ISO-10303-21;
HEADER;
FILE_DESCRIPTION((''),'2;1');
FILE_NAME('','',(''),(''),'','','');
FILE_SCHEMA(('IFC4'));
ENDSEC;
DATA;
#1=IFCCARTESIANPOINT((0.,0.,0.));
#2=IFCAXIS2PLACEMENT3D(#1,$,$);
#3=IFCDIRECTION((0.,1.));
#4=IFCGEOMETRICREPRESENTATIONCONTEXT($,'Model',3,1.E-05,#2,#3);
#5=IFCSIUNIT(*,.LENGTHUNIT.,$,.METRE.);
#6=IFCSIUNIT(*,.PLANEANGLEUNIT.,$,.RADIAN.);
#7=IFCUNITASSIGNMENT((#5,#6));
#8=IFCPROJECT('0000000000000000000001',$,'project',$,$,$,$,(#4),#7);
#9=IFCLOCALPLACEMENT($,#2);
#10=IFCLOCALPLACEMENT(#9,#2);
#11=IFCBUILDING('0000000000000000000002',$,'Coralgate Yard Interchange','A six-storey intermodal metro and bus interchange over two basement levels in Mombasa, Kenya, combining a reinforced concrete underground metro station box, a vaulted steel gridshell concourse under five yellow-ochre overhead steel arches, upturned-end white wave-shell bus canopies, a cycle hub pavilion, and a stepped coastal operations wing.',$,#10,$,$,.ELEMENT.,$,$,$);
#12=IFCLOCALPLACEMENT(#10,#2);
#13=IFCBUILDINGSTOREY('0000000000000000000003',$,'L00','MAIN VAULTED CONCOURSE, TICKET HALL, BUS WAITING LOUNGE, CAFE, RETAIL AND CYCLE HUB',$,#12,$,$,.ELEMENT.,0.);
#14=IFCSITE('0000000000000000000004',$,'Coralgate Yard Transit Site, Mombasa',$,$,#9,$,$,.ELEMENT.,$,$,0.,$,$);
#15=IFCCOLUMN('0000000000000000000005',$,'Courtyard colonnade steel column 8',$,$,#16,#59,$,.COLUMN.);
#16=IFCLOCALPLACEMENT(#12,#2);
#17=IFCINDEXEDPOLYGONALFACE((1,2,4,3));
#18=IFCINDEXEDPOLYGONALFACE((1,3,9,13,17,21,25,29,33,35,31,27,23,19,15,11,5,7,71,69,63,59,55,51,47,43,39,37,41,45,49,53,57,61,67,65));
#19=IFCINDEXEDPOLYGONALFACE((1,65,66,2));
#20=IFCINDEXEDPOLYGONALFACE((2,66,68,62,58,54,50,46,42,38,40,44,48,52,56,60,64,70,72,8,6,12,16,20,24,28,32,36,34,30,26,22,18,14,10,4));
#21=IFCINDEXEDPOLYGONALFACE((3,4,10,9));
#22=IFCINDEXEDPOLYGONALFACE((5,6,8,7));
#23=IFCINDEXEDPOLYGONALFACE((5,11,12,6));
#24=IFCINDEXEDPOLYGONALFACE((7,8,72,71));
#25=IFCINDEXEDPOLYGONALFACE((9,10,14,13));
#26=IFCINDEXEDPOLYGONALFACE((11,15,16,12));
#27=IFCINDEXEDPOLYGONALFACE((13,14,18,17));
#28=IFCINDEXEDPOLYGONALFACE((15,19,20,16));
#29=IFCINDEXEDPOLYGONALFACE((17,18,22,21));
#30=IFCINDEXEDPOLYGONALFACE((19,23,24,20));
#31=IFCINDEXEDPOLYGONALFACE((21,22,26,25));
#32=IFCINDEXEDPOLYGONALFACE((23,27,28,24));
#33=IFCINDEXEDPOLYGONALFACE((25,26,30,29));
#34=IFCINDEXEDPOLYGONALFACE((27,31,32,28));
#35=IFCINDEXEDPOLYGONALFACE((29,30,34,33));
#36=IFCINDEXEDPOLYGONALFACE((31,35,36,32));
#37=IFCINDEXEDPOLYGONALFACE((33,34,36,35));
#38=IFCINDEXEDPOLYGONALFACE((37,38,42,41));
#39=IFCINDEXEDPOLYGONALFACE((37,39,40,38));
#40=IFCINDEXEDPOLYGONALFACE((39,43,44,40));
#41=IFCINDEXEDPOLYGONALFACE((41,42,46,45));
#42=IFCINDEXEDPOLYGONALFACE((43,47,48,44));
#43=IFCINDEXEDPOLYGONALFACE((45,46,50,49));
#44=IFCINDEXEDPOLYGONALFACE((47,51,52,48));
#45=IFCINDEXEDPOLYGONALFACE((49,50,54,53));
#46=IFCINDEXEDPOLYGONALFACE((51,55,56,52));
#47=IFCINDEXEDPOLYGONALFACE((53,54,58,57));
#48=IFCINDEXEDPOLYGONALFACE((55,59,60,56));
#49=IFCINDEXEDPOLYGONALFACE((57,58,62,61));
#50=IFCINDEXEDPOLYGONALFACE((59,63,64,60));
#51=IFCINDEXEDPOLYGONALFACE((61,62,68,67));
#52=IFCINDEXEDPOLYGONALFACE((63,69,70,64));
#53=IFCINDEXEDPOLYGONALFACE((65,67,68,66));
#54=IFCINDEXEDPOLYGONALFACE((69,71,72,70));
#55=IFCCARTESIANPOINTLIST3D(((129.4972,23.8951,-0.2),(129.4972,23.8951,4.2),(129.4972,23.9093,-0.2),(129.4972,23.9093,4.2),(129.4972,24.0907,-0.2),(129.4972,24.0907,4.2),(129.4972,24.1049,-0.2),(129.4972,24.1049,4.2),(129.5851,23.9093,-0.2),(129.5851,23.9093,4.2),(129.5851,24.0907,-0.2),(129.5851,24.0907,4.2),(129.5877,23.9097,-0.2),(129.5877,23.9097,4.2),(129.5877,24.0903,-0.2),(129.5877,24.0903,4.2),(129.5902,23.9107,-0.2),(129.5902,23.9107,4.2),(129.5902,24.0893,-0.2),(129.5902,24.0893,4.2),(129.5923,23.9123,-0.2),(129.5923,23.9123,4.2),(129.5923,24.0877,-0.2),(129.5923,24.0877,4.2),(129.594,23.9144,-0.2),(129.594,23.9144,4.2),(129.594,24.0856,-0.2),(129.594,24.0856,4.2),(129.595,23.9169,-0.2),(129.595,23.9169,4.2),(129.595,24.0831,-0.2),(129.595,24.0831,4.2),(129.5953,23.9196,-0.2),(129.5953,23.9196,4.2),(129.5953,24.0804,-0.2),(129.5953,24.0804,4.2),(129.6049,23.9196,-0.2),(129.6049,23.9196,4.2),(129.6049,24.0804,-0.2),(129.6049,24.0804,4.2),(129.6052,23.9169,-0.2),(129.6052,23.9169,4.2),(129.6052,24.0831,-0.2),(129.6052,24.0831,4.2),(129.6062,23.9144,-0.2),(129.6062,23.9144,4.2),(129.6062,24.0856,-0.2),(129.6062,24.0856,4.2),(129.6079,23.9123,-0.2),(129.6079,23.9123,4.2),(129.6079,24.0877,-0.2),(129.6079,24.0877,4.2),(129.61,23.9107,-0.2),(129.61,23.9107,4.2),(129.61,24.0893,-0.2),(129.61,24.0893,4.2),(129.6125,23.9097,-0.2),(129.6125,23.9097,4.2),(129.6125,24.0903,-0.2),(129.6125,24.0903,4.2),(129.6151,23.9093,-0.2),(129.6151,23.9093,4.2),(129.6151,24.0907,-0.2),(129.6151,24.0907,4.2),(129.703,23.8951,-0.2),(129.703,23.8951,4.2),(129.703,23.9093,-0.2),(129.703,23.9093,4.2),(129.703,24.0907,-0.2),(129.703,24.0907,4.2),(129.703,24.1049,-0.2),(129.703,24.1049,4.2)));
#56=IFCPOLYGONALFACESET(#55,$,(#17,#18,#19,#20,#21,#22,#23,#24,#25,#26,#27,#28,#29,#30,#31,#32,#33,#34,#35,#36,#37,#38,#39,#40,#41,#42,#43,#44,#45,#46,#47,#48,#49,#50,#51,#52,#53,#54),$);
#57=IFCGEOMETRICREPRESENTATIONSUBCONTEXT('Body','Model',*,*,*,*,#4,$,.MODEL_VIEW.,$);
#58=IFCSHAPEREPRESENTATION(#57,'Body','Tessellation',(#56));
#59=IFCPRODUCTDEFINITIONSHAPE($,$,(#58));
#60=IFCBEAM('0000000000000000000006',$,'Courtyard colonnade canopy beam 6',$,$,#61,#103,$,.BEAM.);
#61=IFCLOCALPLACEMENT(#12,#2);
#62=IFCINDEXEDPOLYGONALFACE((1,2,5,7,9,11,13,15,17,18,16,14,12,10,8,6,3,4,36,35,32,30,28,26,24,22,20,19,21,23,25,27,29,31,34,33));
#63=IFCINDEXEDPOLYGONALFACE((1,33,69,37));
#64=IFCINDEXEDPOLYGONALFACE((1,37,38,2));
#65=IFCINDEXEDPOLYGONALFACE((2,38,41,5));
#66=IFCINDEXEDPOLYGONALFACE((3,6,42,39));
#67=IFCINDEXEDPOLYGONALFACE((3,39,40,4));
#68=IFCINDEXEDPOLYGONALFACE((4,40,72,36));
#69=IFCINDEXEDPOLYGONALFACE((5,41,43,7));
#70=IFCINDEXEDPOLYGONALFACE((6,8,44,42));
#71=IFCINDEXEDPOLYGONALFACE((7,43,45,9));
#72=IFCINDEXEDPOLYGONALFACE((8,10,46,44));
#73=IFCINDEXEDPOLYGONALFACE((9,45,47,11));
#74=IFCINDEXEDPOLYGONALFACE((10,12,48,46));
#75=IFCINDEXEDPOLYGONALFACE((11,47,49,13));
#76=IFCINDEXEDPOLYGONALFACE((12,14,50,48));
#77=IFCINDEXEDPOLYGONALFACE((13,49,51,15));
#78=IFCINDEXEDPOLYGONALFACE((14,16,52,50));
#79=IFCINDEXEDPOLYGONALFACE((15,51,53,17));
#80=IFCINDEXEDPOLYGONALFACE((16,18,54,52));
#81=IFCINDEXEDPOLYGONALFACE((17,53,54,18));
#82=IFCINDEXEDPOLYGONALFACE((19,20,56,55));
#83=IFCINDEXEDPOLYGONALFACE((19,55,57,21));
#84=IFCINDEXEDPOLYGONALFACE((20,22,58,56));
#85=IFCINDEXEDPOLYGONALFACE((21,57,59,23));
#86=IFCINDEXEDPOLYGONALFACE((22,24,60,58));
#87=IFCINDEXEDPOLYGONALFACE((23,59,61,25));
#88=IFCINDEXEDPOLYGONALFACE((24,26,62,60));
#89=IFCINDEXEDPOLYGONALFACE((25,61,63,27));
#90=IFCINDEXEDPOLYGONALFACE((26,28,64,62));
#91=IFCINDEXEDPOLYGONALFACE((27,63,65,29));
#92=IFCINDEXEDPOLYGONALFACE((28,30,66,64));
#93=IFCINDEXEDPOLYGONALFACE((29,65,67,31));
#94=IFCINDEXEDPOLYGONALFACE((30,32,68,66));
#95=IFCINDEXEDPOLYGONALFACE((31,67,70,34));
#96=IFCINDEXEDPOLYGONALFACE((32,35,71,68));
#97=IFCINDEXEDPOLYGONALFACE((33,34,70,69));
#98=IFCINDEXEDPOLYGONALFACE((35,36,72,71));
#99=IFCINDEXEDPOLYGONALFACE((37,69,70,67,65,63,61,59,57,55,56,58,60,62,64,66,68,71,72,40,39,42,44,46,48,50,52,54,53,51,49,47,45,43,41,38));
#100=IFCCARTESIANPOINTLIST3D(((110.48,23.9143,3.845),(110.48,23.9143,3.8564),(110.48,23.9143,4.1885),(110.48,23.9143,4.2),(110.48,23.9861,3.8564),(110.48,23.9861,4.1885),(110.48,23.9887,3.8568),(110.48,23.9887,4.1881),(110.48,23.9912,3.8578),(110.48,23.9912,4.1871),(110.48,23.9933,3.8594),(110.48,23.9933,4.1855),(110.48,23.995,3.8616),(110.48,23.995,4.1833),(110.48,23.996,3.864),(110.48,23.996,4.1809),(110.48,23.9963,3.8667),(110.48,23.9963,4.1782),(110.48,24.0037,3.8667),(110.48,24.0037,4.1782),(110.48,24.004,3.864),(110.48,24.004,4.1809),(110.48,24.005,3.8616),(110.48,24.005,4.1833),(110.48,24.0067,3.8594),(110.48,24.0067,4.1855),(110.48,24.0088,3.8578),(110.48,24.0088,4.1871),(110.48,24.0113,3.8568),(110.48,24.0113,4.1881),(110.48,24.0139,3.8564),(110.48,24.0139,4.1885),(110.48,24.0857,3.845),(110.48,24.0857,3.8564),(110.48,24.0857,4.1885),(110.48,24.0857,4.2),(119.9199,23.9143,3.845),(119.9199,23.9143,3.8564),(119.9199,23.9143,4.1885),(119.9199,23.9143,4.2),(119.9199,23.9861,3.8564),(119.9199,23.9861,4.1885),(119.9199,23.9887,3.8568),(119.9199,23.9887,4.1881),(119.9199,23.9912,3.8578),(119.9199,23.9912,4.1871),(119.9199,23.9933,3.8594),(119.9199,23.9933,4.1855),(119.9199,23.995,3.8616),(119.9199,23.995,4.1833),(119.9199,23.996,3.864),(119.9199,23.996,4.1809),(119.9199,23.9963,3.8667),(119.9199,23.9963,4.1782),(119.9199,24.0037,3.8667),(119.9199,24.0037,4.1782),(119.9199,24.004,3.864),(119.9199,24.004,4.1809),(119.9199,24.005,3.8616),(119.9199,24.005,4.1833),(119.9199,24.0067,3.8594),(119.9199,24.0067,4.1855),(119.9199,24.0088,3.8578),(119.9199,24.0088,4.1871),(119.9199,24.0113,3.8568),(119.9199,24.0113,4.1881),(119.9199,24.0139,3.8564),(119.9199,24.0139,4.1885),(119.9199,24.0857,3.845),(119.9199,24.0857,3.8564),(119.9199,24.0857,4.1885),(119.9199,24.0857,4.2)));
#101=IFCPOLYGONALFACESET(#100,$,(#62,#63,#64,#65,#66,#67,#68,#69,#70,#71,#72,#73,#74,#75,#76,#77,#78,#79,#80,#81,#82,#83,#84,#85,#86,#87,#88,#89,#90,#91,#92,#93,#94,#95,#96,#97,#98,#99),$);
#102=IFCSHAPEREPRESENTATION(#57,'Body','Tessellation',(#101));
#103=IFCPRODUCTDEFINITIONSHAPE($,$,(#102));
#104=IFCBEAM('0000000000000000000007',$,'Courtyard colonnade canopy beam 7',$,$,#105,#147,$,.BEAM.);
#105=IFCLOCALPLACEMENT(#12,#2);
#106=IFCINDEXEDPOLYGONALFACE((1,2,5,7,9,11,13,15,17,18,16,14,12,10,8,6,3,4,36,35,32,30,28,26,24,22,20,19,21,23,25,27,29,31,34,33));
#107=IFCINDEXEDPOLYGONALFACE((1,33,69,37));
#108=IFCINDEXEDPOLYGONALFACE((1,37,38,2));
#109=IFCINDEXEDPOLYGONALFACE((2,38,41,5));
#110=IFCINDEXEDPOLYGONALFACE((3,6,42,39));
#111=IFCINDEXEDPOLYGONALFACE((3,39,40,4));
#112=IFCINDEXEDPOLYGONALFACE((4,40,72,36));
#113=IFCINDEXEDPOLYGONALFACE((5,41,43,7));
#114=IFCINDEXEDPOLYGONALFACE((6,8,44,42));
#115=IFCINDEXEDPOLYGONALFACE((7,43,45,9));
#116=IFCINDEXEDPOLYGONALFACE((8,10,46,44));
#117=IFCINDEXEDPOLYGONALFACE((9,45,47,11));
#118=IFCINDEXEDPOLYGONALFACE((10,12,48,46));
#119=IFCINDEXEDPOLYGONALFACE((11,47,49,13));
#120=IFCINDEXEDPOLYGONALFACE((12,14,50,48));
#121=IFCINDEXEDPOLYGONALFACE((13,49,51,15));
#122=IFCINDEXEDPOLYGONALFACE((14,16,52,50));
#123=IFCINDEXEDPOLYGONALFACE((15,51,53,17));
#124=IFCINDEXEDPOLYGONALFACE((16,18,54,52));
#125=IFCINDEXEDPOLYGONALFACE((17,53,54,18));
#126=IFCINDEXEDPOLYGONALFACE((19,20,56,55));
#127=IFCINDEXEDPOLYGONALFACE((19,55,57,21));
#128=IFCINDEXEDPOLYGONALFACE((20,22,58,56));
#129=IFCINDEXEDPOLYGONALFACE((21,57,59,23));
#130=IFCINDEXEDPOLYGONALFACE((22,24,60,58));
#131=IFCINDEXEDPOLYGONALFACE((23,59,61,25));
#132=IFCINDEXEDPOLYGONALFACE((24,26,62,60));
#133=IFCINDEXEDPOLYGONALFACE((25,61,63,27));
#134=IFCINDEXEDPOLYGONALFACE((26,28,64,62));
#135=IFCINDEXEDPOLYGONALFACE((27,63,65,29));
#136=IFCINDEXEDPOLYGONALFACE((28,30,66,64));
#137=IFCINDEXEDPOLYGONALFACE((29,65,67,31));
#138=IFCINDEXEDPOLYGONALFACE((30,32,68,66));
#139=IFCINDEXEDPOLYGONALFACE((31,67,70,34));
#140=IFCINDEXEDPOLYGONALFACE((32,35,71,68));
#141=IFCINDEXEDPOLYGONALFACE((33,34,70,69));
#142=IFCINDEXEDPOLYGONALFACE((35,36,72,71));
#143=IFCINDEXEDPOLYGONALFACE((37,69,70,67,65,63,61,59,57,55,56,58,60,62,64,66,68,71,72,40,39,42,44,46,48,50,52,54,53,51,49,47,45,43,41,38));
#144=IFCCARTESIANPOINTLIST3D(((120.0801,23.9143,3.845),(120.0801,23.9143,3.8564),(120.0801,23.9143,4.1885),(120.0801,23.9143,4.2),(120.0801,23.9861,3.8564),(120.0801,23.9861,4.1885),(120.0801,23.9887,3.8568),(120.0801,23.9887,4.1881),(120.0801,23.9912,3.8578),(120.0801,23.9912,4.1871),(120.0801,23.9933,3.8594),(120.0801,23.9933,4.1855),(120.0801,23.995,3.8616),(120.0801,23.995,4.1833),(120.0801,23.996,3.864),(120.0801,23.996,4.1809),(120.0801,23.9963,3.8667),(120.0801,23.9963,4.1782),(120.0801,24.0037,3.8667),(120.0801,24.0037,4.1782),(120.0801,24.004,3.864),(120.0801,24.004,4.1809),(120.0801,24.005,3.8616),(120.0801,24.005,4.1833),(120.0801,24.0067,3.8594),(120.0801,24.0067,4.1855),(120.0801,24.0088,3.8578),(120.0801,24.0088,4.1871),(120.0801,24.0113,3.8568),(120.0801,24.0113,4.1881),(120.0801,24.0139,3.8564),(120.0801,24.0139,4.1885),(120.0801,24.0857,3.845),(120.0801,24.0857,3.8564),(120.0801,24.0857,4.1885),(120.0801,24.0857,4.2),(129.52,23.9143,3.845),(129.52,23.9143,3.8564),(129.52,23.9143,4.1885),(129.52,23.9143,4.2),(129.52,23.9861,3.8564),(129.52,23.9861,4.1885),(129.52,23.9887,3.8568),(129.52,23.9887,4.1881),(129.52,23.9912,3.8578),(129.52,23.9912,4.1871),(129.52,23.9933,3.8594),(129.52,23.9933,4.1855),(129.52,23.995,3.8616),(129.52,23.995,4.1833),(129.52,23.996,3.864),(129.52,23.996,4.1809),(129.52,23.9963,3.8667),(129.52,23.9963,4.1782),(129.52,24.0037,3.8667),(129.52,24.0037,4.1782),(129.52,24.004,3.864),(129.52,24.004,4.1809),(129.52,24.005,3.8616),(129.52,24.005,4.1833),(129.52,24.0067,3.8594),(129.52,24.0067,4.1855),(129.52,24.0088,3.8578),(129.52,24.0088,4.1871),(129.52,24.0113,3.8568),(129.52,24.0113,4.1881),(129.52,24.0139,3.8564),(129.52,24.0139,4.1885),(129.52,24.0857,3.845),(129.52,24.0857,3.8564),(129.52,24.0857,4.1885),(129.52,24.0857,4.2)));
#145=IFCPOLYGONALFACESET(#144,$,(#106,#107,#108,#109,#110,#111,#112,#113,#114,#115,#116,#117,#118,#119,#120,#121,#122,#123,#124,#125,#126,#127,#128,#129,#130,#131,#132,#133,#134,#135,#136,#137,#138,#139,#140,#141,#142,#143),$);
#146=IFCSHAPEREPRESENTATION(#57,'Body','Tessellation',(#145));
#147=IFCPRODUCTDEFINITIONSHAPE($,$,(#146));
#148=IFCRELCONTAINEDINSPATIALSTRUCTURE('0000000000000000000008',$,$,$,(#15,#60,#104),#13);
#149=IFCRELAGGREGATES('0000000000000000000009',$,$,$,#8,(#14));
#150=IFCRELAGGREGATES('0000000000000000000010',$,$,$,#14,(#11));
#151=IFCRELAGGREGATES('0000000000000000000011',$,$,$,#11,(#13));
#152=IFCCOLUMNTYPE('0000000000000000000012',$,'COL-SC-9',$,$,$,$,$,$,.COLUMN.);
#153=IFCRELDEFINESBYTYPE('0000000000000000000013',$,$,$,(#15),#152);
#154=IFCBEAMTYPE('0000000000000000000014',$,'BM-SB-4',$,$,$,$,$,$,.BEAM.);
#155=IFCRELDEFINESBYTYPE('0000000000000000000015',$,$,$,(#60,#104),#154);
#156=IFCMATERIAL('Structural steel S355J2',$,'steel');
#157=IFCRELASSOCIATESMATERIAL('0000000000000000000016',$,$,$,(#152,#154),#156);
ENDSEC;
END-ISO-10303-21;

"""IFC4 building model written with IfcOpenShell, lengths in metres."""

from ifc_helpers import new_model, si_unit, direction, frame, origin, origin_2d, place, context, subcontext, project, spatial, i_section, extrude, material, material_profile, profile_set, type_object, element, save


model = new_model("IFC4")

# Units and contexts
model_context = context("Model", 3, precision=1e-05, world=origin(), true_north=direction((0.0, 1.0)))
body_context = subcontext(model_context, "Body", "Model", "MODEL_VIEW")
ifc_project = project(units=[si_unit("LENGTHUNIT", "METRE"), si_unit("PLANEANGLEUNIT", "RADIAN")], contexts=[model_context])

# Site, building, storey
site_placement = place(None, origin())
site = spatial("IfcSite", under=ifc_project, at=site_placement, Name="Coralgate Yard Transit Site, Mombasa", CompositionType="ELEMENT", RefElevation=0.0)
building_placement = place(site_placement, origin())
building = spatial("IfcBuilding", under=site, at=building_placement, Name="Coralgate Yard Interchange", Description="A six-storey intermodal metro and bus interchange over two basement levels in Mombasa, Kenya, combining a reinforced concrete underground metro station box, a vaulted steel gridshell concourse under five yellow-ochre overhead steel arches, upturned-end white wave-shell bus canopies, a cycle hub pavilion, and a stepped coastal operations wing.", CompositionType="ELEMENT")
storey_placement = place(building_placement, origin())
storey = spatial("IfcBuildingStorey", under=building, at=storey_placement, Name="L00", Description="MAIN VAULTED CONCOURSE, TICKET HALL, BUS WAITING LOUNGE, CAFE, RETAIL AND CYCLE HUB", CompositionType="ELEMENT", Elevation=0.0)

# Column
ifc_material_1 = material(Name="Structural steel S355J2", Category="steel")
ifc_material_profile_1 = material_profile(ifc_material_1, i_section(OverallWidth=0.2058, OverallDepth=0.2097, WebThickness=0.0095, FlangeThickness=0.0142, FilletRadius=0.0103, at=origin_2d()), Name="UC 203x203x60")
ifc_profile_set_1 = profile_set([ifc_material_profile_1], Name="Structural steel S355J2")
column_type_1 = type_object("IfcColumnType", Name="COL-SC-9", PredefinedType="COLUMN", material=ifc_profile_set_1)
for number, where, z_axis, x_axis, name in (
    (1, (129.6001, 24.0, -0.2), (0.0, 0.0, 1.0), (1.0, 0.0, 0.0), "Courtyard colonnade steel column 8"),
):
    element("IfcColumn", number, at=place(storey_placement, frame(where, z_axis=z_axis, x_axis=x_axis)), inside=storey, type_object=column_type_1, Name=name, PredefinedType="COLUMN", context=body_context, shape_type="SweptSolid", body=[
        extrude(i_section(OverallWidth=0.2058, OverallDepth=0.2097, WebThickness=0.0095, FlangeThickness=0.0142, FilletRadius=0.0103, at=origin_2d()), origin(), (0.0, 0.0, 1.0), 4.3999),
    ])

# Beams
ifc_material_profile_2 = material_profile(ifc_material_1, i_section(OverallWidth=0.1714, OverallDepth=0.355, WebThickness=0.0073, FlangeThickness=0.0115, FilletRadius=0.0103, at=origin_2d()), Name="UB 356x171x51")
ifc_profile_set_2 = profile_set([ifc_material_profile_2], Name="Structural steel S355J2")
beam_type = type_object("IfcBeamType", Name="BM-SB-4", PredefinedType="BEAM", material=ifc_profile_set_2)
for number, where, z_axis, x_axis, name in (
    (2, (110.48, 24.0, 4.0225), (1.0, 0.0, 0.0), (0.0, 1.0, 0.0), "Courtyard colonnade canopy beam 6"),
    (3, (120.0801, 24.0, 4.0225), (1.0, 0.0, 0.0), (0.0, 1.0, 0.0), "Courtyard colonnade canopy beam 7"),
):
    element("IfcBeam", number, at=place(storey_placement, frame(where, z_axis=z_axis, x_axis=x_axis)), inside=storey, type_object=beam_type, Name=name, PredefinedType="BEAM", context=body_context, shape_type="SweptSolid", body=[
        extrude(i_section(OverallWidth=0.1714, OverallDepth=0.355, WebThickness=0.0073, FlangeThickness=0.0115, FilletRadius=0.0103, at=origin_2d()), origin(), (0.0, 0.0, 1.0), 9.4399),
    ])

save(model, "model.ifc")
